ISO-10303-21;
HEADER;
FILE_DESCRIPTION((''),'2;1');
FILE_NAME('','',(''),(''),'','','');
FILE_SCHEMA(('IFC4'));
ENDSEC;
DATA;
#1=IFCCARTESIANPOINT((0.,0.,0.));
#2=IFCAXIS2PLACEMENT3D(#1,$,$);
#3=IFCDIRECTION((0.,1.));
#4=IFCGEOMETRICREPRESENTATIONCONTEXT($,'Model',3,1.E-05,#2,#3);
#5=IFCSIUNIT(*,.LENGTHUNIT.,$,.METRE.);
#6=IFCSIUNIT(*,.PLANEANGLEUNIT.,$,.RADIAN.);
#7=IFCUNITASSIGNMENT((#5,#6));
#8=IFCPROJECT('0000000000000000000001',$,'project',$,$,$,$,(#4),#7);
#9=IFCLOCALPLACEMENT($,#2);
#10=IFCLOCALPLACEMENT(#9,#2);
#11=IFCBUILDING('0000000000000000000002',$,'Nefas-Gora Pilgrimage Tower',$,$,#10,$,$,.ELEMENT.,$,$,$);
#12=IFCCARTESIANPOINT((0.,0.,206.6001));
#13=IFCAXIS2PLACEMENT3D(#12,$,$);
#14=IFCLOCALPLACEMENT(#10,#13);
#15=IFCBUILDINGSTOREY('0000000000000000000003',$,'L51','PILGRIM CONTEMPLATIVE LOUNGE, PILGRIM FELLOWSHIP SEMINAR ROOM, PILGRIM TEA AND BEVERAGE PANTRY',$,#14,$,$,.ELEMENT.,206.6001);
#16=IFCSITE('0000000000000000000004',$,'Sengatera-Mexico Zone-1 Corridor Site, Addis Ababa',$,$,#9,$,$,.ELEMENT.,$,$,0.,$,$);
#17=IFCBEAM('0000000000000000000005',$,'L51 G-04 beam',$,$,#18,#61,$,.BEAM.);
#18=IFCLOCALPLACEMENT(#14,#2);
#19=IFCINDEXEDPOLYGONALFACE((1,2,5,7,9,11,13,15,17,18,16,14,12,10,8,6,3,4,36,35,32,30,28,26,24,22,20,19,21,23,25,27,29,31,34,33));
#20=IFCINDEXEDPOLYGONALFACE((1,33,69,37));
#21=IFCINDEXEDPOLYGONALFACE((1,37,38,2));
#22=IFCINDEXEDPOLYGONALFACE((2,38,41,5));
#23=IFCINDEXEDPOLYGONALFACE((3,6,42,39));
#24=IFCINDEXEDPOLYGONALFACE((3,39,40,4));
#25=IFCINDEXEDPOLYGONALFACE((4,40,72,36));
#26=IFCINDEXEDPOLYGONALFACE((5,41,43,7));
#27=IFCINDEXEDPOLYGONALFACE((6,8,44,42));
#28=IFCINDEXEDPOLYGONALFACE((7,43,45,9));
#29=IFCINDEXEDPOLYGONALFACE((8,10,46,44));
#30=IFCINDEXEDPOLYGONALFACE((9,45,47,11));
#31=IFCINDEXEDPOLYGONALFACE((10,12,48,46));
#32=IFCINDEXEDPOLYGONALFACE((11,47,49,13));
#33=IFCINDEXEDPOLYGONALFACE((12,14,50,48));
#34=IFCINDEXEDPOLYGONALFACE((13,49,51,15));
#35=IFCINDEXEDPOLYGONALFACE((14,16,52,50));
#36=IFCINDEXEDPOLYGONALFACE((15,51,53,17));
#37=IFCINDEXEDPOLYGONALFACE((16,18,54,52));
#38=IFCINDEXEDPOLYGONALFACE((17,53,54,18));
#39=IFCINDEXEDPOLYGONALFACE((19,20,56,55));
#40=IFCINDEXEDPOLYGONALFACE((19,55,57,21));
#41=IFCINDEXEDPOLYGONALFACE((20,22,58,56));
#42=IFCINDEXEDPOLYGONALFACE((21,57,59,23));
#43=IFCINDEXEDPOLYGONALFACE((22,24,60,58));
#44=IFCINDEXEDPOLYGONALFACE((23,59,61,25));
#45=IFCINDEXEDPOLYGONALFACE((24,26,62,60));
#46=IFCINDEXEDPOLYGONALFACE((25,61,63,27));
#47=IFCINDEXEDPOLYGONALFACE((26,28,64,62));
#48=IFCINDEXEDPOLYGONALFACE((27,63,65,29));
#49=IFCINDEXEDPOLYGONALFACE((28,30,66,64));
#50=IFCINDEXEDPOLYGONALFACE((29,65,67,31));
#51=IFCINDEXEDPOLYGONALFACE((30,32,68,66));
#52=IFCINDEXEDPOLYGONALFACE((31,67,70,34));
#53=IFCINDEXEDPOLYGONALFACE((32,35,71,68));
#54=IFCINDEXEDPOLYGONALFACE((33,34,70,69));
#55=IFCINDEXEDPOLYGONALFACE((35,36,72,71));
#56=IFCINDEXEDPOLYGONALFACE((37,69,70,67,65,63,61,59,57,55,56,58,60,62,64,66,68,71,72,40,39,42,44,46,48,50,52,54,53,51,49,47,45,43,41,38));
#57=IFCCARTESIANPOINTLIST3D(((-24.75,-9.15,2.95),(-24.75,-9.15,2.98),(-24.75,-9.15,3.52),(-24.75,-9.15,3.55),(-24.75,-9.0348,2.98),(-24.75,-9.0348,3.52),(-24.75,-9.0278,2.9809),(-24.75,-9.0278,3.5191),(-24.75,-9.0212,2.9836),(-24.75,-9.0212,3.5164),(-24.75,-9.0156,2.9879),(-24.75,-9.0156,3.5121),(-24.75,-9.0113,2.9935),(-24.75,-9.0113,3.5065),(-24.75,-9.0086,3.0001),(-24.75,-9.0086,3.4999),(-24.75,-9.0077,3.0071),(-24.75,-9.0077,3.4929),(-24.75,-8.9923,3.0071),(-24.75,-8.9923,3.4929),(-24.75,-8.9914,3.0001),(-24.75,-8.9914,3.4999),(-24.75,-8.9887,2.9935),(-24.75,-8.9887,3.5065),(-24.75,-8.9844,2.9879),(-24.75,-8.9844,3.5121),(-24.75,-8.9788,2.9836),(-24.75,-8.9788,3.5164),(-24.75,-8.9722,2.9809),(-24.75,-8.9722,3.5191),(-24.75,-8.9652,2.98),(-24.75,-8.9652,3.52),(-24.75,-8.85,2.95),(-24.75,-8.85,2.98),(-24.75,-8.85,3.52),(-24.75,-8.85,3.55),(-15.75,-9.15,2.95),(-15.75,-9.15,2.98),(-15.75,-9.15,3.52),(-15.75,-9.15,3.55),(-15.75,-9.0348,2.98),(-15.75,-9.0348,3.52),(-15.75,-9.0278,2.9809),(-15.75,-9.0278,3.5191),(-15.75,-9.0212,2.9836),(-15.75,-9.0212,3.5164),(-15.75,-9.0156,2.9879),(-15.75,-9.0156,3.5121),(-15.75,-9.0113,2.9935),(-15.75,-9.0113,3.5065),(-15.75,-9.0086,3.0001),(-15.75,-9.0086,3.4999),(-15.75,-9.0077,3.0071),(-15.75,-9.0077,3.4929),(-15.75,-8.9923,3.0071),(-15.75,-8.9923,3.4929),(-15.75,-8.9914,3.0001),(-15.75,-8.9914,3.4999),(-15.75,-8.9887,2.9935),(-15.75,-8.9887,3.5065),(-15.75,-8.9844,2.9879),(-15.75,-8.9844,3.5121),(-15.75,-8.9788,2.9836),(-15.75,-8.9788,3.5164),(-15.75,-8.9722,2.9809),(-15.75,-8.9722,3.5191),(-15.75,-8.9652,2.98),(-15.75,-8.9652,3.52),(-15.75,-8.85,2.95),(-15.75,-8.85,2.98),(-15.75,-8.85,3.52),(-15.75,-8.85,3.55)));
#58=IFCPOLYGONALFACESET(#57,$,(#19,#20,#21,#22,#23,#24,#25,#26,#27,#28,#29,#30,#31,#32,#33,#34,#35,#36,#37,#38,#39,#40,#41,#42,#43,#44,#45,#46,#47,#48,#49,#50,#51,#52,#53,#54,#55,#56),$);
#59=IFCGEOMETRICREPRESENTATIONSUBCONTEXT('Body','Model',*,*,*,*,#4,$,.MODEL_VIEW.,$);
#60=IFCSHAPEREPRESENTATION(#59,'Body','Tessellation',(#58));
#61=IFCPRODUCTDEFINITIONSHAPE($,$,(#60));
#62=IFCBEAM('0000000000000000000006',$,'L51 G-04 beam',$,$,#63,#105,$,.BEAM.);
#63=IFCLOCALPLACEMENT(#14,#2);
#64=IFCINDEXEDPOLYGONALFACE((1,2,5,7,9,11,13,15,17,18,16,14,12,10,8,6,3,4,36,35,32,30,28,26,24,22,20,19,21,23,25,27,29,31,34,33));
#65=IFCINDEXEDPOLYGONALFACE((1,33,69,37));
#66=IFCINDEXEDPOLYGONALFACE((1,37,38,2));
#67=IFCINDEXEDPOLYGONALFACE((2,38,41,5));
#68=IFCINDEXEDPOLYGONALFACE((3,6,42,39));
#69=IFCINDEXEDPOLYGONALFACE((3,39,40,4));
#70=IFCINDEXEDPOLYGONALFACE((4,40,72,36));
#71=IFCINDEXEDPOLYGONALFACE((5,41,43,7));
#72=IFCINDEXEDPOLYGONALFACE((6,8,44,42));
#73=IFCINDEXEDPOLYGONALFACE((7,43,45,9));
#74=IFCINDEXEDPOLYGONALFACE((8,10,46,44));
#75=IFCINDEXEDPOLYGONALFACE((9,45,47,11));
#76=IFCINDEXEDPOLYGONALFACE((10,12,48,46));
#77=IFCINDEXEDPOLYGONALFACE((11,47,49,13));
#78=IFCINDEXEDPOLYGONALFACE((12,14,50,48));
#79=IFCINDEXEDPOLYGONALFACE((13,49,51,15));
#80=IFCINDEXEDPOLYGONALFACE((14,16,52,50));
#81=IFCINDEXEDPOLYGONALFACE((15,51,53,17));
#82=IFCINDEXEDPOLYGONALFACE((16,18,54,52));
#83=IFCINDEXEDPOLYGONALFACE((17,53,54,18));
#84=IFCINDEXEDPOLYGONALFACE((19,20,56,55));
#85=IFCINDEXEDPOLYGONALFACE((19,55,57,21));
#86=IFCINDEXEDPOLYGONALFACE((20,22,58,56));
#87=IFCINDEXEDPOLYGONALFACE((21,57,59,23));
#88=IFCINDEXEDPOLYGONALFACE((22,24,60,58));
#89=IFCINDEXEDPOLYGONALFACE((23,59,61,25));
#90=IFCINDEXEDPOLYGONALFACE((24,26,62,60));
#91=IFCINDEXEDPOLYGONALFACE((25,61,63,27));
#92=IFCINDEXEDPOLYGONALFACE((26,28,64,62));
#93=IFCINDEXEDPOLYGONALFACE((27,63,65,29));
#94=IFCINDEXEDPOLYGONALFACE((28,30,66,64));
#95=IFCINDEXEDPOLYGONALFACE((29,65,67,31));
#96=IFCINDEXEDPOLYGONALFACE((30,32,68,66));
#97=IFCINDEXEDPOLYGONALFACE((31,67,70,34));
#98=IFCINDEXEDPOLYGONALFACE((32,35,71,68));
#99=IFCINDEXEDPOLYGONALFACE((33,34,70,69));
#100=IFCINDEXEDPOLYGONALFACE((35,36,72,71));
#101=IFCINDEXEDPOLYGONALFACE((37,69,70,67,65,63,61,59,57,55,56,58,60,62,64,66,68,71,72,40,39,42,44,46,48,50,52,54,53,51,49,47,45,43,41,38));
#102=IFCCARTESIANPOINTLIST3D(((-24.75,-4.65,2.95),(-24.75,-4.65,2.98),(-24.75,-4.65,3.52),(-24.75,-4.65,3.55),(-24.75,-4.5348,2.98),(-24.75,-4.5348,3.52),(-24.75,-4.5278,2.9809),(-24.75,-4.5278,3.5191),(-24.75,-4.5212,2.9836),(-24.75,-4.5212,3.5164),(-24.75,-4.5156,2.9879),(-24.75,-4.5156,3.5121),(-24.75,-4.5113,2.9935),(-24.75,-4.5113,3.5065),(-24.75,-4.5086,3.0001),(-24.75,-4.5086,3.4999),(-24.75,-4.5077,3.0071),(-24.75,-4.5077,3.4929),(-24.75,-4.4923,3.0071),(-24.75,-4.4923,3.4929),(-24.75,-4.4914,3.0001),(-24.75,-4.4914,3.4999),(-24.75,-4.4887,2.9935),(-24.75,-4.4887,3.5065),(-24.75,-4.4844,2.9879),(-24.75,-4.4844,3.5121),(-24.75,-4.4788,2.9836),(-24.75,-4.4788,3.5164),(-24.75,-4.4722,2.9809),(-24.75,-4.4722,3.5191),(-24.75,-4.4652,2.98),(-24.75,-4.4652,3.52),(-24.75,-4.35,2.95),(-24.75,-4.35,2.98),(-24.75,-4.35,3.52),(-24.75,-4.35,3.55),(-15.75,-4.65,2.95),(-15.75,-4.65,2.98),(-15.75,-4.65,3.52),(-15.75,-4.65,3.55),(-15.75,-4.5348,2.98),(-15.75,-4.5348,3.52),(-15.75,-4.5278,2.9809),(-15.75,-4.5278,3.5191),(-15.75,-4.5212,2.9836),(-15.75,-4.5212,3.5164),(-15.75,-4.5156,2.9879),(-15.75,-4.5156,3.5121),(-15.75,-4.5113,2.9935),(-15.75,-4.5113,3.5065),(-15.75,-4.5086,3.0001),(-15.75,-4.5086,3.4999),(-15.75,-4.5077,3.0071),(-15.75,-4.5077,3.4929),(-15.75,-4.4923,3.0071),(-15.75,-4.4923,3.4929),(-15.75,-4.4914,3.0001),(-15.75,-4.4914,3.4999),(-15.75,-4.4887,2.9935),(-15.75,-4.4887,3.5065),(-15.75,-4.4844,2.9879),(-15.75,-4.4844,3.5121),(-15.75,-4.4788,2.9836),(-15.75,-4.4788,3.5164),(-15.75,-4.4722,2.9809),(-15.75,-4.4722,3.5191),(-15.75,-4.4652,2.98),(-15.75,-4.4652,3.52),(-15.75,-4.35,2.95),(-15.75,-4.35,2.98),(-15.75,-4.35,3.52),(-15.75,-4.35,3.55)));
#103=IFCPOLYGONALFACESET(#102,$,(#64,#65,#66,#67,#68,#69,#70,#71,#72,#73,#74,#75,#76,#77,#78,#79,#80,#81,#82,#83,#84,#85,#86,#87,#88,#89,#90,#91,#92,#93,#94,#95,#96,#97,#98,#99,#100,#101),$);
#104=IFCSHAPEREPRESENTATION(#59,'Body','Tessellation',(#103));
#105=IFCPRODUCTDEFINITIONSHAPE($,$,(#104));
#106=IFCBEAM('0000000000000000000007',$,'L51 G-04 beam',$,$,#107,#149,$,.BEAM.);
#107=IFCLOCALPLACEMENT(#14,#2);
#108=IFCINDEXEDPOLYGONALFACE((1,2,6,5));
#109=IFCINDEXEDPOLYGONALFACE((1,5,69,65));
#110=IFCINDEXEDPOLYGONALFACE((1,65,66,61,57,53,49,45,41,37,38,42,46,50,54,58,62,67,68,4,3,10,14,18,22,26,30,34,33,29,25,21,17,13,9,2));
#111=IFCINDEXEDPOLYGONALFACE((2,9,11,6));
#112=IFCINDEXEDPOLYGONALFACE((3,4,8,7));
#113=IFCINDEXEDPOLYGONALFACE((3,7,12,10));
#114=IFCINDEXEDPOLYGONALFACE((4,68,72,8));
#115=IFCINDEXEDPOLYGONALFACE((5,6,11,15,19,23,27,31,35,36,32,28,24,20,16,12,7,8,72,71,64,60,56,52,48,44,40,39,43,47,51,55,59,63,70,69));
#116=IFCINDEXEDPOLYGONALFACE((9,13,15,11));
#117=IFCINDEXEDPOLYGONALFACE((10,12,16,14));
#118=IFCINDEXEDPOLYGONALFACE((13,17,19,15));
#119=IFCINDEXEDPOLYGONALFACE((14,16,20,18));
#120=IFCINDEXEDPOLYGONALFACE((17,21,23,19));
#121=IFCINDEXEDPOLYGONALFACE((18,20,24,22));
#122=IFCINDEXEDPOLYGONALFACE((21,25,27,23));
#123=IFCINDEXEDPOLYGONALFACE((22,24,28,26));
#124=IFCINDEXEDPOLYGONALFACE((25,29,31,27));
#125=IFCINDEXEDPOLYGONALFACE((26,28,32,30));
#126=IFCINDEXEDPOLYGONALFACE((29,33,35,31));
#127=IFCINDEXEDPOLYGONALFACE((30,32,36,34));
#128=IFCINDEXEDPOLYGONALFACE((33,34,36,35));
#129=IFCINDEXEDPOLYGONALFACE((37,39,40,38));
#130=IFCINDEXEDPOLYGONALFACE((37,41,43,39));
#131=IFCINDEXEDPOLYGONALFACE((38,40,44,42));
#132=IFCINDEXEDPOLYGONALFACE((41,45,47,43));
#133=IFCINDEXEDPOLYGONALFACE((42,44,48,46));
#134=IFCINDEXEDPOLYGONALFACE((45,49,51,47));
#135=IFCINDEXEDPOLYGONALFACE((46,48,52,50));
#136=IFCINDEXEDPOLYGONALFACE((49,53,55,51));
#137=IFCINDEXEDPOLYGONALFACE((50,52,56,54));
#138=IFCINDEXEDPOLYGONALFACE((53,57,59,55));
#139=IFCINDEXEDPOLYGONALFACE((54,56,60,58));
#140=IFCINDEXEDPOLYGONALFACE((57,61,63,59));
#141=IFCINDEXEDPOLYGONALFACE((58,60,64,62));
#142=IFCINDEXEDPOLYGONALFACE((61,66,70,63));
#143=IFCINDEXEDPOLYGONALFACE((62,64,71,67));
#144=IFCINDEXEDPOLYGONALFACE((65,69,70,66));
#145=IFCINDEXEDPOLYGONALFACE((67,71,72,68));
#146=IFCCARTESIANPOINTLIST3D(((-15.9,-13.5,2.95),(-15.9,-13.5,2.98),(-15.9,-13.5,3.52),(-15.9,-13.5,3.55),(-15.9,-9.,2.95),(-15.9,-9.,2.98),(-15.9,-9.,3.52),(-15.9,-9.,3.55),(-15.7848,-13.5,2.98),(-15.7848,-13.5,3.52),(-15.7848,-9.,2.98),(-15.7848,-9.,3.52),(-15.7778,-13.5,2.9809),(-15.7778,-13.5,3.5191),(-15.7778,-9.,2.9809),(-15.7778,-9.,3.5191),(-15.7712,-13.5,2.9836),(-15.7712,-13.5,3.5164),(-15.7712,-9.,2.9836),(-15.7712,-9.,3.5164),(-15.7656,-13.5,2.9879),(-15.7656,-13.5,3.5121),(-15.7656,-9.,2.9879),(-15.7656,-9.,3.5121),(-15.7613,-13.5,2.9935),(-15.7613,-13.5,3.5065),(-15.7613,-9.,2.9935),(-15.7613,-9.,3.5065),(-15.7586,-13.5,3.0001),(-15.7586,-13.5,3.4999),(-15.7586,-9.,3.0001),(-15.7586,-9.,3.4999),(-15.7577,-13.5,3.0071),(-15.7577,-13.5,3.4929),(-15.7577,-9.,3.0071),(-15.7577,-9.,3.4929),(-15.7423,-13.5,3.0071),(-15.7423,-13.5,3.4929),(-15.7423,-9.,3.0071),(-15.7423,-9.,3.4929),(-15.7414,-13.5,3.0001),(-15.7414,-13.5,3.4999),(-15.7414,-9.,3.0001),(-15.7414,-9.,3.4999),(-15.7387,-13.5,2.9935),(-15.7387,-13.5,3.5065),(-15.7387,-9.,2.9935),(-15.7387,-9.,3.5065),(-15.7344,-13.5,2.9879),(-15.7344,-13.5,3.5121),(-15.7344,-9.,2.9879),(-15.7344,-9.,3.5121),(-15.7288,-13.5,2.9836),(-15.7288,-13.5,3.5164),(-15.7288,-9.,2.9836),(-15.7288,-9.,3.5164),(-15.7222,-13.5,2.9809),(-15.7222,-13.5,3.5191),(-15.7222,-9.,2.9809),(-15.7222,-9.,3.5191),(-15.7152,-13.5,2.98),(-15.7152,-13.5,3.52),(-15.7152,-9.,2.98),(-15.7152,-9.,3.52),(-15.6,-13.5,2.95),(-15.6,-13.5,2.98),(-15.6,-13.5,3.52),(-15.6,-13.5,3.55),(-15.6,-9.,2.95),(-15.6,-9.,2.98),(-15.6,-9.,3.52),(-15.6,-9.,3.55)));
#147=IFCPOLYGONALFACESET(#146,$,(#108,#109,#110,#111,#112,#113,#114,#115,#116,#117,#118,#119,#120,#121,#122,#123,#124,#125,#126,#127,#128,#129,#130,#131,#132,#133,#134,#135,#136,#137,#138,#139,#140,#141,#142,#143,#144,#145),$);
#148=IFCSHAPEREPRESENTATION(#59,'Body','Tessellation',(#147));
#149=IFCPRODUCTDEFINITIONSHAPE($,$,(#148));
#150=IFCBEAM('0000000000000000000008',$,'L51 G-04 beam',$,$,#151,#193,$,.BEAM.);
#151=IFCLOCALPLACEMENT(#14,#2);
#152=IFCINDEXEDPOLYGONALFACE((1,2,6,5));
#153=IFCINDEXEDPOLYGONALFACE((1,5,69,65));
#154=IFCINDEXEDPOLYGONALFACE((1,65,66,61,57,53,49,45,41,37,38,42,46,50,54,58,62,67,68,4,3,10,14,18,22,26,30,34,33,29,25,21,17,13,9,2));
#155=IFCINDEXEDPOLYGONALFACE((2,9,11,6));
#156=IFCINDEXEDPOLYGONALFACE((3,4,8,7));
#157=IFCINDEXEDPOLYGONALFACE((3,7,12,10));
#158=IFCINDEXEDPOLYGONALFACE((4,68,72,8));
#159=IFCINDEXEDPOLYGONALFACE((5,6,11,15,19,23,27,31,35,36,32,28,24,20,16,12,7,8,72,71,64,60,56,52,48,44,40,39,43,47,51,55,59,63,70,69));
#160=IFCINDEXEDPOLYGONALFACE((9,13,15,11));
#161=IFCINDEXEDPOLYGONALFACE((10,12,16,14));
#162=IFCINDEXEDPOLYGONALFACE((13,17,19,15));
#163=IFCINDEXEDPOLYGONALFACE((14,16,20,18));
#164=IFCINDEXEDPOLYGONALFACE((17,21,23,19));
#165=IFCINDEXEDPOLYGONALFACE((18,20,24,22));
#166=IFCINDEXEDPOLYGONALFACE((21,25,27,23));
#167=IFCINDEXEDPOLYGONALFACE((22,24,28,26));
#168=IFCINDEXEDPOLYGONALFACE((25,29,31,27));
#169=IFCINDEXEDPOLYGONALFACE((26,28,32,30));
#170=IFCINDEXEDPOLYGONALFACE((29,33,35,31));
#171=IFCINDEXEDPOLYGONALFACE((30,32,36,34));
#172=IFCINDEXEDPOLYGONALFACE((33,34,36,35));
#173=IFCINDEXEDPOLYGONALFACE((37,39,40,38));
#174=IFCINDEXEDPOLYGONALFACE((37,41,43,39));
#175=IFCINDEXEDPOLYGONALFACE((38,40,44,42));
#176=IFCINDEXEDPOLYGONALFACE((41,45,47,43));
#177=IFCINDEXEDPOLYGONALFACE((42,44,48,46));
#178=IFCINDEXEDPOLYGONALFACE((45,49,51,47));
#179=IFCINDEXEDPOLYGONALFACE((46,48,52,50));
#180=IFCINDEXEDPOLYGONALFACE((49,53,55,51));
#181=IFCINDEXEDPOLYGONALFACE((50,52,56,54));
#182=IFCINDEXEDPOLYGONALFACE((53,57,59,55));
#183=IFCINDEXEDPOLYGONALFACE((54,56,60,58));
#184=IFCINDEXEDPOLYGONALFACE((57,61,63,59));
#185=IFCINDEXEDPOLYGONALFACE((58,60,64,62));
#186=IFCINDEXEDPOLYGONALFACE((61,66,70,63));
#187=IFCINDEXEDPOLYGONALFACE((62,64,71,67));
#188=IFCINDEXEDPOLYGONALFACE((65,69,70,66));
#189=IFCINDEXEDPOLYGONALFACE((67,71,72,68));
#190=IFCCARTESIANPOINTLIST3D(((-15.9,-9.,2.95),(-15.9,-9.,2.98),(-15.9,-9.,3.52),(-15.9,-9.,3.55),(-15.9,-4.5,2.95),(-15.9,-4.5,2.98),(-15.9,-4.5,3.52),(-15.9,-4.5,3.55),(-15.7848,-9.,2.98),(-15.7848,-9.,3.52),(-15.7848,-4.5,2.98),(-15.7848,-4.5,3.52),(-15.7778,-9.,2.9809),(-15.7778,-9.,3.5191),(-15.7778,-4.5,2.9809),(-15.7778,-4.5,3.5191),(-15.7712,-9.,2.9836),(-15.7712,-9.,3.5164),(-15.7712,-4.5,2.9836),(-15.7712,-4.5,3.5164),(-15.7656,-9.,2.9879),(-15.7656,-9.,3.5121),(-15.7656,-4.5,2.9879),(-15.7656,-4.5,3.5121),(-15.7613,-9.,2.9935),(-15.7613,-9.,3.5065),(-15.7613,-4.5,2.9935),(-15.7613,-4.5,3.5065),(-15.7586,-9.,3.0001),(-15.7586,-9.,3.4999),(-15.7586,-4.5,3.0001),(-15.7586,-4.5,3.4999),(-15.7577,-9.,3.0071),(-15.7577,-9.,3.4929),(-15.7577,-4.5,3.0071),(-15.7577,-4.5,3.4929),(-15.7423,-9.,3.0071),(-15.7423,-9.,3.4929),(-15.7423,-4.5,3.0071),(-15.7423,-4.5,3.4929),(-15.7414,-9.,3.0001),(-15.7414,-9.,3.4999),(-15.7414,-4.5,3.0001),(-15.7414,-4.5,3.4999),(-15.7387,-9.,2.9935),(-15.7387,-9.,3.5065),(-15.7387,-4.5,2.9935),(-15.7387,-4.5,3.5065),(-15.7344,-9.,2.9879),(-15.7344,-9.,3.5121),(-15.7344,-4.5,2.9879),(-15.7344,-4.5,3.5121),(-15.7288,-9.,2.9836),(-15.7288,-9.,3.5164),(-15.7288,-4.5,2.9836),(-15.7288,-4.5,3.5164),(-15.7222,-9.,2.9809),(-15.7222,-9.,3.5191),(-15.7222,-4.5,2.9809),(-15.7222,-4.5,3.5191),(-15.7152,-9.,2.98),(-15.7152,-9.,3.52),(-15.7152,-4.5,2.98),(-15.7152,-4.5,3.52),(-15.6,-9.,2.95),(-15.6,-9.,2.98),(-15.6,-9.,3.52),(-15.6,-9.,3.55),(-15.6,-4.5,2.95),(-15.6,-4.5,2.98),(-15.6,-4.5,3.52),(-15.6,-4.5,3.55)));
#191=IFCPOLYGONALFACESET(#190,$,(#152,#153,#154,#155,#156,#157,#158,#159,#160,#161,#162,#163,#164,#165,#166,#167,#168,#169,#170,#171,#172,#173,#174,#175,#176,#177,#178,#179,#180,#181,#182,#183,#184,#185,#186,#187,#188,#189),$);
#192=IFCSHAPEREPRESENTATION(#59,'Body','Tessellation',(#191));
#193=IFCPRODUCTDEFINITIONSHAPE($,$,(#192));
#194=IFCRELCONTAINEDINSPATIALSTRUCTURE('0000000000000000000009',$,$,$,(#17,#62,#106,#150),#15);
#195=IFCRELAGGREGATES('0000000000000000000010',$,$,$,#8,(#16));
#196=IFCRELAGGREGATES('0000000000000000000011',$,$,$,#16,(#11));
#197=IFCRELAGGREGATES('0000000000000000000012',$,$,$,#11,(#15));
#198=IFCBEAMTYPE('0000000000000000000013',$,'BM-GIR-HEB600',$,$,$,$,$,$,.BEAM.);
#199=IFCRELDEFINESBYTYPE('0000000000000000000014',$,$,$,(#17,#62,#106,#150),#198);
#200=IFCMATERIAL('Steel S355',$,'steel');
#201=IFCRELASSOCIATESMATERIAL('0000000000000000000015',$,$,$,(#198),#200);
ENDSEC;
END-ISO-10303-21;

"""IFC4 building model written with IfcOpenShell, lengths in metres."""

from ifc_helpers import new_model, si_unit, direction, frame, origin, origin_2d, place, context, subcontext, project, spatial, i_section, extrude, source, transform, mapped, material, material_profile, profile_set, type_object, element, save


model = new_model("IFC4")

# Units and contexts
model_context = context("Model", 3, precision=1e-05, world=origin(), true_north=direction((0.0, 1.0)))
body_context = subcontext(model_context, "Body", "Model", "MODEL_VIEW")
ifc_project = project(units=[si_unit("LENGTHUNIT", "METRE"), si_unit("PLANEANGLEUNIT", "RADIAN")], contexts=[model_context])

# Site, building, storey
site_placement = place(None, origin())
site = spatial("IfcSite", under=ifc_project, at=site_placement, Name="Sengatera-Mexico Zone-1 Corridor Site, Addis Ababa", CompositionType="ELEMENT", RefElevation=0.0)
building_placement = place(site_placement, origin())
building = spatial("IfcBuilding", under=site, at=building_placement, Name="Nefas-Gora Pilgrimage Tower", CompositionType="ELEMENT")
storey_placement = place(building_placement, frame((0.0, 0.0, 206.6001)))
storey = spatial("IfcBuildingStorey", under=building, at=storey_placement, Name="L51", Description="PILGRIM CONTEMPLATIVE LOUNGE, PILGRIM FELLOWSHIP SEMINAR ROOM, PILGRIM TEA AND BEVERAGE PANTRY", CompositionType="ELEMENT", Elevation=206.6001)

# Beams
ifc_material_1 = material(Name="Steel S355", Category="steel")
ifc_material_profile_1 = material_profile(ifc_material_1, i_section(OverallWidth=0.3, OverallDepth=0.6001, WebThickness=0.0154, FlangeThickness=0.03, FilletRadius=0.0271, at=origin_2d()), Name="HEB 600")
ifc_profile_set_1 = profile_set([ifc_material_profile_1], Name="Steel S355")
beam_type_1 = type_object("IfcBeamType", Name="BM-GIR-HEB600", PredefinedType="BEAM", material=ifc_profile_set_1)
shared_shape_1 = source(origin(), body_context, "Body", "SweptSolid", [
    extrude(i_section(OverallWidth=0.3, OverallDepth=0.6001, WebThickness=0.0154, FlangeThickness=0.03, FilletRadius=0.0271, at=origin_2d()), origin(), (0.0, 0.0, 1.0), 9.0),
])
for number, where, z_axis, x_axis, name in (
    (1, (-24.75, -9.0, 3.25), (1.0, 0.0, 0.0), (0.0, 1.0, 0.0), "L51 G-04 beam"),
    (2, (-24.75, -4.5, 3.25), (1.0, 0.0, 0.0), (0.0, 1.0, 0.0), "L51 G-04 beam"),
):
    element("IfcBeam", number, at=place(storey_placement, frame(where, z_axis=z_axis, x_axis=x_axis)), inside=storey, type_object=beam_type_1, Name=name, PredefinedType="BEAM", context=body_context, shape_type="MappedRepresentation", body=[
        mapped(shared_shape_1, transform((0.0, 0.0, 0.0), x_axis=(1.0, 0.0, 0.0), y_axis=(0.0, 1.0, 0.0), z_axis=(0.0, 0.0, 1.0), scale=1.0)),
    ])
shared_shape_2 = source(origin(), body_context, "Body", "SweptSolid", [
    extrude(i_section(OverallWidth=0.3, OverallDepth=0.6001, WebThickness=0.0154, FlangeThickness=0.03, FilletRadius=0.0271, at=origin_2d()), origin(), (0.0, 0.0, 1.0), 4.5),
])
for number, where, z_axis, x_axis, name in (
    (3, (-15.75, -13.5, 3.25), (0.0, 1.0, 0.0), (-1.0, 0.0, 0.0), "L51 G-04 beam"),
    (4, (-15.75, -9.0, 3.25), (0.0, 1.0, 0.0), (-1.0, 0.0, 0.0), "L51 G-04 beam"),
):
    element("IfcBeam", number, at=place(storey_placement, frame(where, z_axis=z_axis, x_axis=x_axis)), inside=storey, type_object=beam_type_1, Name=name, PredefinedType="BEAM", context=body_context, shape_type="MappedRepresentation", body=[
        mapped(shared_shape_2, transform((0.0, 0.0, 0.0), x_axis=(1.0, 0.0, 0.0), y_axis=(0.0, 1.0, 0.0), z_axis=(0.0, 0.0, 1.0), scale=1.0)),
    ])

save(model, "model.ifc")
